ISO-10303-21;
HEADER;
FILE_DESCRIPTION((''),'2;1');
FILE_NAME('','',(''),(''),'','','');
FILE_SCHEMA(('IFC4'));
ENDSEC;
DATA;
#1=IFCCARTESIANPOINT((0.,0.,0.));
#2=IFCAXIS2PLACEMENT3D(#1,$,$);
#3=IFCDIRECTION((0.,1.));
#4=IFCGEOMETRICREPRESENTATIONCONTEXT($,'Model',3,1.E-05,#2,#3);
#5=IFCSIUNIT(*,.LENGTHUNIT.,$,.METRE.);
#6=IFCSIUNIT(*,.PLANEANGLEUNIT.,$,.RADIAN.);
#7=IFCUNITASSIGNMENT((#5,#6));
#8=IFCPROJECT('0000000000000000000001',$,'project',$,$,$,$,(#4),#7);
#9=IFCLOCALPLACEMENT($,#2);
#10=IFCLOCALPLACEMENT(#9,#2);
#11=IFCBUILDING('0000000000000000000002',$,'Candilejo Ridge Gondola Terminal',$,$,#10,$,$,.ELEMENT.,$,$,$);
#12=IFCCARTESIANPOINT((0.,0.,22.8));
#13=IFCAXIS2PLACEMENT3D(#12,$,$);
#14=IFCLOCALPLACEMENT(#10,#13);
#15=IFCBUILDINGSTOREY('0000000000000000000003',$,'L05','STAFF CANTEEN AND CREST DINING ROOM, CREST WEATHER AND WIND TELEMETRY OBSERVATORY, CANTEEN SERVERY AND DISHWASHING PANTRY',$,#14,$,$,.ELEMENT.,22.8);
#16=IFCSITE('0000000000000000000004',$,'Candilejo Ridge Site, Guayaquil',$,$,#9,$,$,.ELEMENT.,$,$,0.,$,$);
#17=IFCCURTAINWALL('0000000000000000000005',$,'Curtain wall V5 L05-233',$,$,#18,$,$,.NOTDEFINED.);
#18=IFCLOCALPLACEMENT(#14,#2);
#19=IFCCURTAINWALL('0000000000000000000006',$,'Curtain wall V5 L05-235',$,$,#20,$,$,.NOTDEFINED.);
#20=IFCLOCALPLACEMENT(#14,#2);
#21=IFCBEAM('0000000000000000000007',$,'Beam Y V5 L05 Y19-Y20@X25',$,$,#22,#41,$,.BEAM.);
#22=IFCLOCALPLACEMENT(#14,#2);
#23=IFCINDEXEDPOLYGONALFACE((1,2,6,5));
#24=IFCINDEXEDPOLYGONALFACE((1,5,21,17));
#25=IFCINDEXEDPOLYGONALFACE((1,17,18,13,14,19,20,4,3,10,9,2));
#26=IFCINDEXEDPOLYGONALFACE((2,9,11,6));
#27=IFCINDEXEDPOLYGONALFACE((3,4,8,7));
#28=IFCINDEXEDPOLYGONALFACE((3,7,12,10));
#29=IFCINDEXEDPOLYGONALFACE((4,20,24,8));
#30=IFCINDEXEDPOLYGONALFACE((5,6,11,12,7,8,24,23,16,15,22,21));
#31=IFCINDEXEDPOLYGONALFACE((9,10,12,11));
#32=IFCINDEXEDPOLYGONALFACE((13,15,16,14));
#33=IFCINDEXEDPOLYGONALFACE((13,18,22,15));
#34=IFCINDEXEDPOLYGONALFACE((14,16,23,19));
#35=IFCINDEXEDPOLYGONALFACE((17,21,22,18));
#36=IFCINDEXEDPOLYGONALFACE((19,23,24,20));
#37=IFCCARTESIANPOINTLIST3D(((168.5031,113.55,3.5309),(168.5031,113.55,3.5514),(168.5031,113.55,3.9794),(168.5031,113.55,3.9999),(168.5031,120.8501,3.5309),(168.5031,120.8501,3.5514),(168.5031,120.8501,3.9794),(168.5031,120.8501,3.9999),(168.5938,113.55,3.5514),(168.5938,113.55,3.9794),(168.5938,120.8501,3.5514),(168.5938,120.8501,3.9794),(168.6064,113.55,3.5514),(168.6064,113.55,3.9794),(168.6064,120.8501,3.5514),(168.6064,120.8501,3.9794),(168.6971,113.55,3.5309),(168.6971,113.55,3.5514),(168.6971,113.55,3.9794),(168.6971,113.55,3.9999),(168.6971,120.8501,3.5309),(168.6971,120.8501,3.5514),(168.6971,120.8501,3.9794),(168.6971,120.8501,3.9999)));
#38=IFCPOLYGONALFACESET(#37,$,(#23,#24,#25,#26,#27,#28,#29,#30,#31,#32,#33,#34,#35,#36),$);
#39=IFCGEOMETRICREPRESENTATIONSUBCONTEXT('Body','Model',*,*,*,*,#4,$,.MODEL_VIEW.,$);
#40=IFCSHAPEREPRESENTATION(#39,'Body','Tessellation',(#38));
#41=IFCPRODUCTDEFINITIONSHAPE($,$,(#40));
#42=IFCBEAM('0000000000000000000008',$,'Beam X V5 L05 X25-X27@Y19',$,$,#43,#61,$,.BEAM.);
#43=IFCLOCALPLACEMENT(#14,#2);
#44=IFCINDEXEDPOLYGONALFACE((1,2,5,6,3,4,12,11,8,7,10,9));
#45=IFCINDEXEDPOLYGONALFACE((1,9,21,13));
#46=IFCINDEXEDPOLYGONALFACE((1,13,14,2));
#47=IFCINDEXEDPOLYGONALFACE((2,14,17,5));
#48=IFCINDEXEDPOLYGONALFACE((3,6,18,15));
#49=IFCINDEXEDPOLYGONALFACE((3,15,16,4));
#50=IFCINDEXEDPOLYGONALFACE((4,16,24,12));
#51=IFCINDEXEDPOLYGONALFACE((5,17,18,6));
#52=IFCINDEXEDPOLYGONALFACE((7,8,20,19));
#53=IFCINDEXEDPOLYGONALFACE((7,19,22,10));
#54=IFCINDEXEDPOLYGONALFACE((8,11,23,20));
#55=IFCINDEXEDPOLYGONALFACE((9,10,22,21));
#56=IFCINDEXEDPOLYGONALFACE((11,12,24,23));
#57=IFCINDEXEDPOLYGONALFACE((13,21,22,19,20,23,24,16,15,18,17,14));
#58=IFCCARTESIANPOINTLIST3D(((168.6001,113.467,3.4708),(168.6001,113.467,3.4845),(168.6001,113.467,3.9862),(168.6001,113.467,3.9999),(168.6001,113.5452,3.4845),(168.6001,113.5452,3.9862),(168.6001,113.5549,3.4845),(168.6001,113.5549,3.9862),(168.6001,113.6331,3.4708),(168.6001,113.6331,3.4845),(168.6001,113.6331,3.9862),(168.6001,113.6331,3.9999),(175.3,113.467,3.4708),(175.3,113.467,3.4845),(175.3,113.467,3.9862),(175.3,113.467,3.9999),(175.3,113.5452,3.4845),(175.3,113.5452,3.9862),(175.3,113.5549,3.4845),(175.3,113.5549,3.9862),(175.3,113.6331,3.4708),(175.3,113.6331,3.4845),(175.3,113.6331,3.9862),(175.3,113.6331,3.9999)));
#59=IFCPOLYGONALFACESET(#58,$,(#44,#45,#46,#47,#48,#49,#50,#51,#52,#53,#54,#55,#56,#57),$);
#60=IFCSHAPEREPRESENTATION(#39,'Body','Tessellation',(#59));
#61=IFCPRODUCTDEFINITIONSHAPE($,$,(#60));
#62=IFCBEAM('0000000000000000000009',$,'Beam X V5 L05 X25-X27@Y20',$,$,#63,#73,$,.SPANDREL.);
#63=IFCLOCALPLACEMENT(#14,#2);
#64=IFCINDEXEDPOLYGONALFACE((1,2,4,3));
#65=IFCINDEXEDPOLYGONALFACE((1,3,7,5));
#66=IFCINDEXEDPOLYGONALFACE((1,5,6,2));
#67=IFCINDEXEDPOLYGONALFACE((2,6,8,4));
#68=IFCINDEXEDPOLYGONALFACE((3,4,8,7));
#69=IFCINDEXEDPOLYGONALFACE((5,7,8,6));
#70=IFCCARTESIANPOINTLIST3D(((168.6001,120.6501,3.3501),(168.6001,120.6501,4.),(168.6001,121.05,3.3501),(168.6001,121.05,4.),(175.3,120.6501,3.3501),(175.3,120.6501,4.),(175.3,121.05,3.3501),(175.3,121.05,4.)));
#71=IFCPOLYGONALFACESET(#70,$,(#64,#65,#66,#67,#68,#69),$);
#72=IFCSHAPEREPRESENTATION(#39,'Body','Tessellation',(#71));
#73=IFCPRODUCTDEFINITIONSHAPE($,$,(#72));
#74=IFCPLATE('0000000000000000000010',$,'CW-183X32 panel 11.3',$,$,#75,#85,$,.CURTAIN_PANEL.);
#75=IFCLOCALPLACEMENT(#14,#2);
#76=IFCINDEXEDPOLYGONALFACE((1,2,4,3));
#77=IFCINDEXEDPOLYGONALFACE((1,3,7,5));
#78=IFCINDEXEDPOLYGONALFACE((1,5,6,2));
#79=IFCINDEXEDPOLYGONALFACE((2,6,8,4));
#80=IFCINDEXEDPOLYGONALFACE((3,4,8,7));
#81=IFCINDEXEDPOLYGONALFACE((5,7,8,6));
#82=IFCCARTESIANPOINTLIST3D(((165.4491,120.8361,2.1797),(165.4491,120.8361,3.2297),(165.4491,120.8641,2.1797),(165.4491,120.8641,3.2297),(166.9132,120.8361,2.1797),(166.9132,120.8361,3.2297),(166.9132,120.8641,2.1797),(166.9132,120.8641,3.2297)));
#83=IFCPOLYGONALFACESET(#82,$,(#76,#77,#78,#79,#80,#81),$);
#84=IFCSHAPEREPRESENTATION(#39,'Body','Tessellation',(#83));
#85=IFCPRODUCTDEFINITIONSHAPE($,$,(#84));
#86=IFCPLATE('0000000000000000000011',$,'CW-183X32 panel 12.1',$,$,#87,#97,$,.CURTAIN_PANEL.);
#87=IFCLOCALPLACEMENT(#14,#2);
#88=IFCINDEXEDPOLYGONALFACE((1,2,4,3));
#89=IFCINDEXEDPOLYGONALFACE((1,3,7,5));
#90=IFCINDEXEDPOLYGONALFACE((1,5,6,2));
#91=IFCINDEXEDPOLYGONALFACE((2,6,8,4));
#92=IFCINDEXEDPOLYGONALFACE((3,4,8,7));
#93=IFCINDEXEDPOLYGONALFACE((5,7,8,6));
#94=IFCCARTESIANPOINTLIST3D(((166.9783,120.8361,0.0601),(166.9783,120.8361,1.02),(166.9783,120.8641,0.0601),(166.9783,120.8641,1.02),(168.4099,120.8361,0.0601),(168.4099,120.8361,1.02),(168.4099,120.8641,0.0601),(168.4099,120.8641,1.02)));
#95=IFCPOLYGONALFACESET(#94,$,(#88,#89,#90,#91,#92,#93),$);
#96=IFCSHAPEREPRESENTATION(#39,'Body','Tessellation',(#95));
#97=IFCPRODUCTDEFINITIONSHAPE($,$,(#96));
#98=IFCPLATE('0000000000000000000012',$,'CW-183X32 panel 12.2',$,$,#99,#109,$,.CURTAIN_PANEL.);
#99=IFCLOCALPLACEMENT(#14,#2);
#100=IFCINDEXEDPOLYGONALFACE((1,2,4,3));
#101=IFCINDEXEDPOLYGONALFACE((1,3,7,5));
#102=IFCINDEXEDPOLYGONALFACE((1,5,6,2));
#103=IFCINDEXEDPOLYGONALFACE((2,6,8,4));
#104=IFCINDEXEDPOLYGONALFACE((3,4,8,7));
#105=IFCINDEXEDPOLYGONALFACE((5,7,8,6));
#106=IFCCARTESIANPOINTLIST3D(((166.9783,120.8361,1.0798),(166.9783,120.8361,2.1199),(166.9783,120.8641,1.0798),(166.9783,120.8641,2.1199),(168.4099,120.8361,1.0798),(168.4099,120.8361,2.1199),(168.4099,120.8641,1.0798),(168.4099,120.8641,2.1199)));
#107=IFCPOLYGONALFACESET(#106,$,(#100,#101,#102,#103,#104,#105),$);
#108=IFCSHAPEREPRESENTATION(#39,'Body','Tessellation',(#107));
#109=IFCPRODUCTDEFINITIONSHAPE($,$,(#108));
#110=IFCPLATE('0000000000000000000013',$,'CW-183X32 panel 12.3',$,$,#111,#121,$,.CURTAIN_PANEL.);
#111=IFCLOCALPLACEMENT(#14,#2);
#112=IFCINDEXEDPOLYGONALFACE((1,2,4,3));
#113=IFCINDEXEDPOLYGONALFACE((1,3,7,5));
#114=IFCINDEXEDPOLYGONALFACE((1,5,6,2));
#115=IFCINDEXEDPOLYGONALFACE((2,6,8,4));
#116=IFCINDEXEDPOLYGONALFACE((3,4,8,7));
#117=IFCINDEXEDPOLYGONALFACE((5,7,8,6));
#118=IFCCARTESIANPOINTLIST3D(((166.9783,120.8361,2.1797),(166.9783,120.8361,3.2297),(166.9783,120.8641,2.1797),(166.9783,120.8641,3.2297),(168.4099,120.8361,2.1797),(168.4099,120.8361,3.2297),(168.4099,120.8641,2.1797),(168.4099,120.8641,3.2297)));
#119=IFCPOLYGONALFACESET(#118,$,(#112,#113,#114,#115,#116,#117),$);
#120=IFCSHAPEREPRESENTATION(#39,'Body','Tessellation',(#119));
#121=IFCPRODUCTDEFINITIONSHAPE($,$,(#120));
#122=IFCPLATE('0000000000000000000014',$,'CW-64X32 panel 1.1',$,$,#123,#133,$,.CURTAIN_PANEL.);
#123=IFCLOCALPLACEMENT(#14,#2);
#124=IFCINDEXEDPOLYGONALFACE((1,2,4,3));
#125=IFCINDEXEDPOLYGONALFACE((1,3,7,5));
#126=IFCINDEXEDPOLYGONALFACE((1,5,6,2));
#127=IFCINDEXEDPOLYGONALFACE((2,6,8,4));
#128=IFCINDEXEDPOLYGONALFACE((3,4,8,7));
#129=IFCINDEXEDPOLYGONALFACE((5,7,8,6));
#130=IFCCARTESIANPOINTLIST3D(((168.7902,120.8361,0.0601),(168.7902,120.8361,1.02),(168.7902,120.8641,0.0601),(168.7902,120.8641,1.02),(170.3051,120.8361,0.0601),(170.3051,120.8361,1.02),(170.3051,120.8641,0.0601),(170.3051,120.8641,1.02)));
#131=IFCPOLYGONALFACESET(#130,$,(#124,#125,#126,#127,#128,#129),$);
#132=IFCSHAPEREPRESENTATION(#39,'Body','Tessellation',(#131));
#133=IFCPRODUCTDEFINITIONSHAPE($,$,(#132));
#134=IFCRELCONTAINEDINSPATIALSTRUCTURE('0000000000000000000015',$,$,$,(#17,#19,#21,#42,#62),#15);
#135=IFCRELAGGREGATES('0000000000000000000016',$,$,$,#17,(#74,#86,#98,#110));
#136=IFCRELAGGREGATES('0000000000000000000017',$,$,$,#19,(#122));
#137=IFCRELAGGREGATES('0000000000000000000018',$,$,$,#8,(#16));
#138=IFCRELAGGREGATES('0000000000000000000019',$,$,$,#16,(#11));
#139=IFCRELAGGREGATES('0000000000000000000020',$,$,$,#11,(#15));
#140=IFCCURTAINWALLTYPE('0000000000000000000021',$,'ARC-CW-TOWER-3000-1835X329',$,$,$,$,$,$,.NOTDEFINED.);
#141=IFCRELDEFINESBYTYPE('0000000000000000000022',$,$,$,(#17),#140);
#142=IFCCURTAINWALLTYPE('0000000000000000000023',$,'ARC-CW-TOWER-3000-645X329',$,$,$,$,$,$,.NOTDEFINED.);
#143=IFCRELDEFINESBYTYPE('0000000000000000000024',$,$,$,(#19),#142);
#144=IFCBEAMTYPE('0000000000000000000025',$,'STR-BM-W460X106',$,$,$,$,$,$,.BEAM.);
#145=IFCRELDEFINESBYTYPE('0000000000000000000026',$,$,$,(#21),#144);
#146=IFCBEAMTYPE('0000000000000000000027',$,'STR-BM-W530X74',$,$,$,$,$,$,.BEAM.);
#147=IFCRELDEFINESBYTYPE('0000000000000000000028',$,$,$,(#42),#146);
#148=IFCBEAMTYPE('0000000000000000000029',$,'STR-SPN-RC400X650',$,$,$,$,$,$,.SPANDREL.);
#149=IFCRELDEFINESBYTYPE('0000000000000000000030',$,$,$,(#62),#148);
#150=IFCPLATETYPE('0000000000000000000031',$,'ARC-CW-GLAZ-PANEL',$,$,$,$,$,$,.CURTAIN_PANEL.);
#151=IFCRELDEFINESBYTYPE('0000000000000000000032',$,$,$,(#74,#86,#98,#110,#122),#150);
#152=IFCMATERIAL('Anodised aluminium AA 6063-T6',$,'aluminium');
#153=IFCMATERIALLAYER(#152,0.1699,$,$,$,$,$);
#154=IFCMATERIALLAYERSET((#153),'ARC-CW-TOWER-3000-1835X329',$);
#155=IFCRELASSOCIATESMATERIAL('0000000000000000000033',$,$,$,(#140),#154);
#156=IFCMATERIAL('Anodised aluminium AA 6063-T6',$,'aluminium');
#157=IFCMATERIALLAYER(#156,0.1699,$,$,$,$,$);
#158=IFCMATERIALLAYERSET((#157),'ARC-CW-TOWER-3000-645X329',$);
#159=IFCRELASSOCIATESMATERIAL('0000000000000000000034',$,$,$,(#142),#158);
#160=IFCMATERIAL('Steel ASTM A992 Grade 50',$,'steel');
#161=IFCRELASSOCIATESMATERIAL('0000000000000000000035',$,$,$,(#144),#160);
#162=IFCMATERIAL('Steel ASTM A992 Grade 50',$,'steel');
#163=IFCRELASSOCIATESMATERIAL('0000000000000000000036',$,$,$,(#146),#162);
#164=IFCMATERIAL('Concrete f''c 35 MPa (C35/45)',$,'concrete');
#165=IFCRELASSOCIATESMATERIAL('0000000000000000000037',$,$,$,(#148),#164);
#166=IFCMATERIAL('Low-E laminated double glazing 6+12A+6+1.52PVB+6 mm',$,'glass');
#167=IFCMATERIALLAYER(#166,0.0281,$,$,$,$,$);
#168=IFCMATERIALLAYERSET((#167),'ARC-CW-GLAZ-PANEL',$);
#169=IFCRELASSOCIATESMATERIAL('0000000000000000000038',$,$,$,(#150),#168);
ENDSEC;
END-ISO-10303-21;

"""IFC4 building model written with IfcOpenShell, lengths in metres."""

from ifc_helpers import new_model, si_unit, direction, frame, origin, origin_2d, place, context, subcontext, project, spatial, rectangle, i_section, extrude, material, layer, layer_set, material_profile, profile_set, type_object, element, aggregate, save


model = new_model("IFC4")

# Units and contexts
model_context = context("Model", 3, precision=1e-05, world=origin(), true_north=direction((0.0, 1.0)))
body_context = subcontext(model_context, "Body", "Model", "MODEL_VIEW")
ifc_project = project(units=[si_unit("LENGTHUNIT", "METRE"), si_unit("PLANEANGLEUNIT", "RADIAN")], contexts=[model_context])

# Site, building, storey
site_placement = place(None, origin())
site = spatial("IfcSite", under=ifc_project, at=site_placement, Name="Candilejo Ridge Site, Guayaquil", CompositionType="ELEMENT", RefElevation=0.0)
building_placement = place(site_placement, origin())
building = spatial("IfcBuilding", under=site, at=building_placement, Name="Candilejo Ridge Gondola Terminal", CompositionType="ELEMENT")
storey_placement = place(building_placement, frame((0.0, 0.0, 22.8)))
storey = spatial("IfcBuildingStorey", under=building, at=storey_placement, Name="L05", Description="STAFF CANTEEN AND CREST DINING ROOM, CREST WEATHER AND WIND TELEMETRY OBSERVATORY, CANTEEN SERVERY AND DISHWASHING PANTRY", CompositionType="ELEMENT", Elevation=22.8)

# Curtain wall
ifc_material_1 = material(Name="Anodised aluminium AA 6063-T6", Category="aluminium")
ifc_layer_1 = layer(ifc_material_1, 0.1699)
ifc_layer_set_1 = layer_set([ifc_layer_1], Name="ARC-CW-TOWER-3000-1835X329")
curtain_wall_type_1 = type_object("IfcCurtainWallType", Name="ARC-CW-TOWER-3000-1835X329", PredefinedType="NOTDEFINED", material=ifc_layer_set_1)
curtain_wall_1_placement = place(storey_placement, origin())
curtain_wall_1 = element("IfcCurtainWall", 1, at=curtain_wall_1_placement, inside=storey, type_object=curtain_wall_type_1, Name="Curtain wall V5 L05-233", PredefinedType="NOTDEFINED")

# Curtain wall
ifc_material_2 = material(Name="Anodised aluminium AA 6063-T6", Category="aluminium")
ifc_layer_2 = layer(ifc_material_2, 0.1699)
ifc_layer_set_2 = layer_set([ifc_layer_2], Name="ARC-CW-TOWER-3000-645X329")
curtain_wall_type_2 = type_object("IfcCurtainWallType", Name="ARC-CW-TOWER-3000-645X329", PredefinedType="NOTDEFINED", material=ifc_layer_set_2)
curtain_wall_2_placement = place(storey_placement, origin())
curtain_wall_2 = element("IfcCurtainWall", 2, at=curtain_wall_2_placement, inside=storey, type_object=curtain_wall_type_2, Name="Curtain wall V5 L05-235", PredefinedType="NOTDEFINED")

# Beams
ifc_material_3 = material(Name="Steel ASTM A992 Grade 50", Category="steel")
ifc_material_profile_1 = material_profile(ifc_material_3, i_section(OverallWidth=0.1941, OverallDepth=0.469, WebThickness=0.0127, FlangeThickness=0.0205, at=origin_2d()))
ifc_profile_set_1 = profile_set([ifc_material_profile_1], Name="Steel ASTM A992 Grade 50")
beam_type_1 = type_object("IfcBeamType", Name="STR-BM-W460X106", PredefinedType="BEAM", material=ifc_profile_set_1)
beam_1_placement = place(storey_placement, frame((168.6001, 113.55, 3.7654), z_axis=(0.0, 1.0, 0.0), x_axis=(-1.0, 0.0, 0.0)))
element("IfcBeam", 3, at=beam_1_placement, inside=storey, type_object=beam_type_1, Name="Beam Y V5 L05 Y19-Y20@X25", PredefinedType="BEAM", context=body_context, shape_type="SweptSolid", body=[
    extrude(i_section(OverallWidth=0.1941, OverallDepth=0.469, WebThickness=0.0127, FlangeThickness=0.0205, at=origin_2d()), origin(), (0.0, 0.0, 1.0), 7.3),
])
ifc_material_4 = material(Name="Steel ASTM A992 Grade 50", Category="steel")
ifc_material_profile_2 = material_profile(ifc_material_4, i_section(OverallWidth=0.166, OverallDepth=0.5291, WebThickness=0.0098, FlangeThickness=0.0137, at=origin_2d()))
ifc_profile_set_2 = profile_set([ifc_material_profile_2], Name="Steel ASTM A992 Grade 50")
beam_type_2 = type_object("IfcBeamType", Name="STR-BM-W530X74", PredefinedType="BEAM", material=ifc_profile_set_2)
beam_2_placement = place(storey_placement, frame((168.6001, 113.55, 3.7354), z_axis=(1.0, 0.0, 0.0), x_axis=(0.0, 1.0, 0.0)))
element("IfcBeam", 4, at=beam_2_placement, inside=storey, type_object=beam_type_2, Name="Beam X V5 L05 X25-X27@Y19", PredefinedType="BEAM", context=body_context, shape_type="SweptSolid", body=[
    extrude(i_section(OverallWidth=0.166, OverallDepth=0.5291, WebThickness=0.0098, FlangeThickness=0.0137, at=origin_2d()), origin(), (0.0, 0.0, 1.0), 6.7),
])
ifc_material_5 = material(Name="Concrete f'c 35 MPa (C35/45)", Category="concrete")
ifc_material_profile_3 = material_profile(ifc_material_5, rectangle(XDim=0.3999, YDim=0.6499, at=origin_2d()))
ifc_profile_set_3 = profile_set([ifc_material_profile_3], Name="Concrete f'c 35 MPa (C35/45)")
beam_type_3 = type_object("IfcBeamType", Name="STR-SPN-RC400X650", PredefinedType="SPANDREL", material=ifc_profile_set_3)
beam_3_placement = place(storey_placement, frame((168.6001, 120.8501, 3.675), z_axis=(1.0, 0.0, 0.0), x_axis=(0.0, 1.0, 0.0)))
element("IfcBeam", 5, at=beam_3_placement, inside=storey, type_object=beam_type_3, Name="Beam X V5 L05 X25-X27@Y20", PredefinedType="SPANDREL", context=body_context, shape_type="SweptSolid", body=[
    extrude(rectangle(XDim=0.3999, YDim=0.6499, at=origin_2d()), origin(), (0.0, 0.0, 1.0), 6.7),
])

# Plates
ifc_material_6 = material(Name="Low-E laminated double glazing 6+12A+6+1.52PVB+6 mm", Category="glass")
ifc_layer_3 = layer(ifc_material_6, 0.0281)
ifc_layer_set_3 = layer_set([ifc_layer_3], Name="ARC-CW-GLAZ-PANEL")
plate_type = type_object("IfcPlateType", Name="ARC-CW-GLAZ-PANEL", PredefinedType="CURTAIN_PANEL", material=ifc_layer_set_3)
plate_1_placement = place(storey_placement, frame((166.1812, 120.8501, 2.1797), z_axis=(0.0, 0.0, 1.0), x_axis=(1.0, 0.0, 0.0)))
plate_1 = element("IfcPlate", 6, at=plate_1_placement, type_object=plate_type, Name="CW-183X32 panel 11.3", PredefinedType="CURTAIN_PANEL", context=body_context, shape_type="SweptSolid", body=[
    extrude(rectangle(XDim=1.4641, YDim=0.0281, at=origin_2d()), origin(), (0.0, 0.0, 1.0), 1.05),
])
plate_2_placement = place(storey_placement, frame((167.6941, 120.8501, 0.0601), z_axis=(0.0, 0.0, 1.0), x_axis=(1.0, 0.0, 0.0)))
plate_2 = element("IfcPlate", 7, at=plate_2_placement, type_object=plate_type, Name="CW-183X32 panel 12.1", PredefinedType="CURTAIN_PANEL", context=body_context, shape_type="SweptSolid", body=[
    extrude(rectangle(XDim=1.4316, YDim=0.0281, at=origin_2d()), origin(), (0.0, 0.0, 1.0), 0.96),
])
plate_3_placement = place(storey_placement, frame((167.6941, 120.8501, 1.0798), z_axis=(0.0, 0.0, 1.0), x_axis=(1.0, 0.0, 0.0)))
plate_3 = element("IfcPlate", 8, at=plate_3_placement, type_object=plate_type, Name="CW-183X32 panel 12.2", PredefinedType="CURTAIN_PANEL", context=body_context, shape_type="SweptSolid", body=[
    extrude(rectangle(XDim=1.4316, YDim=0.0281, at=origin_2d()), origin(), (0.0, 0.0, 1.0), 1.04),
])
plate_4_placement = place(storey_placement, frame((167.6941, 120.8501, 2.1797), z_axis=(0.0, 0.0, 1.0), x_axis=(1.0, 0.0, 0.0)))
plate_4 = element("IfcPlate", 9, at=plate_4_placement, type_object=plate_type, Name="CW-183X32 panel 12.3", PredefinedType="CURTAIN_PANEL", context=body_context, shape_type="SweptSolid", body=[
    extrude(rectangle(XDim=1.4316, YDim=0.0281, at=origin_2d()), origin(), (0.0, 0.0, 1.0), 1.05),
])
aggregate(curtain_wall_1, [plate_1, plate_2, plate_3, plate_4])
plate_5_placement = place(storey_placement, frame((169.5476, 120.8501, 0.0601), z_axis=(0.0, 0.0, 1.0), x_axis=(1.0, 0.0, 0.0)))
plate_5 = element("IfcPlate", 10, at=plate_5_placement, type_object=plate_type, Name="CW-64X32 panel 1.1", PredefinedType="CURTAIN_PANEL", context=body_context, shape_type="SweptSolid", body=[
    extrude(rectangle(XDim=1.5149, YDim=0.0281, at=origin_2d()), origin(), (0.0, 0.0, 1.0), 0.96),
])
aggregate(curtain_wall_2, [plate_5])

save(model, "model.ifc")
